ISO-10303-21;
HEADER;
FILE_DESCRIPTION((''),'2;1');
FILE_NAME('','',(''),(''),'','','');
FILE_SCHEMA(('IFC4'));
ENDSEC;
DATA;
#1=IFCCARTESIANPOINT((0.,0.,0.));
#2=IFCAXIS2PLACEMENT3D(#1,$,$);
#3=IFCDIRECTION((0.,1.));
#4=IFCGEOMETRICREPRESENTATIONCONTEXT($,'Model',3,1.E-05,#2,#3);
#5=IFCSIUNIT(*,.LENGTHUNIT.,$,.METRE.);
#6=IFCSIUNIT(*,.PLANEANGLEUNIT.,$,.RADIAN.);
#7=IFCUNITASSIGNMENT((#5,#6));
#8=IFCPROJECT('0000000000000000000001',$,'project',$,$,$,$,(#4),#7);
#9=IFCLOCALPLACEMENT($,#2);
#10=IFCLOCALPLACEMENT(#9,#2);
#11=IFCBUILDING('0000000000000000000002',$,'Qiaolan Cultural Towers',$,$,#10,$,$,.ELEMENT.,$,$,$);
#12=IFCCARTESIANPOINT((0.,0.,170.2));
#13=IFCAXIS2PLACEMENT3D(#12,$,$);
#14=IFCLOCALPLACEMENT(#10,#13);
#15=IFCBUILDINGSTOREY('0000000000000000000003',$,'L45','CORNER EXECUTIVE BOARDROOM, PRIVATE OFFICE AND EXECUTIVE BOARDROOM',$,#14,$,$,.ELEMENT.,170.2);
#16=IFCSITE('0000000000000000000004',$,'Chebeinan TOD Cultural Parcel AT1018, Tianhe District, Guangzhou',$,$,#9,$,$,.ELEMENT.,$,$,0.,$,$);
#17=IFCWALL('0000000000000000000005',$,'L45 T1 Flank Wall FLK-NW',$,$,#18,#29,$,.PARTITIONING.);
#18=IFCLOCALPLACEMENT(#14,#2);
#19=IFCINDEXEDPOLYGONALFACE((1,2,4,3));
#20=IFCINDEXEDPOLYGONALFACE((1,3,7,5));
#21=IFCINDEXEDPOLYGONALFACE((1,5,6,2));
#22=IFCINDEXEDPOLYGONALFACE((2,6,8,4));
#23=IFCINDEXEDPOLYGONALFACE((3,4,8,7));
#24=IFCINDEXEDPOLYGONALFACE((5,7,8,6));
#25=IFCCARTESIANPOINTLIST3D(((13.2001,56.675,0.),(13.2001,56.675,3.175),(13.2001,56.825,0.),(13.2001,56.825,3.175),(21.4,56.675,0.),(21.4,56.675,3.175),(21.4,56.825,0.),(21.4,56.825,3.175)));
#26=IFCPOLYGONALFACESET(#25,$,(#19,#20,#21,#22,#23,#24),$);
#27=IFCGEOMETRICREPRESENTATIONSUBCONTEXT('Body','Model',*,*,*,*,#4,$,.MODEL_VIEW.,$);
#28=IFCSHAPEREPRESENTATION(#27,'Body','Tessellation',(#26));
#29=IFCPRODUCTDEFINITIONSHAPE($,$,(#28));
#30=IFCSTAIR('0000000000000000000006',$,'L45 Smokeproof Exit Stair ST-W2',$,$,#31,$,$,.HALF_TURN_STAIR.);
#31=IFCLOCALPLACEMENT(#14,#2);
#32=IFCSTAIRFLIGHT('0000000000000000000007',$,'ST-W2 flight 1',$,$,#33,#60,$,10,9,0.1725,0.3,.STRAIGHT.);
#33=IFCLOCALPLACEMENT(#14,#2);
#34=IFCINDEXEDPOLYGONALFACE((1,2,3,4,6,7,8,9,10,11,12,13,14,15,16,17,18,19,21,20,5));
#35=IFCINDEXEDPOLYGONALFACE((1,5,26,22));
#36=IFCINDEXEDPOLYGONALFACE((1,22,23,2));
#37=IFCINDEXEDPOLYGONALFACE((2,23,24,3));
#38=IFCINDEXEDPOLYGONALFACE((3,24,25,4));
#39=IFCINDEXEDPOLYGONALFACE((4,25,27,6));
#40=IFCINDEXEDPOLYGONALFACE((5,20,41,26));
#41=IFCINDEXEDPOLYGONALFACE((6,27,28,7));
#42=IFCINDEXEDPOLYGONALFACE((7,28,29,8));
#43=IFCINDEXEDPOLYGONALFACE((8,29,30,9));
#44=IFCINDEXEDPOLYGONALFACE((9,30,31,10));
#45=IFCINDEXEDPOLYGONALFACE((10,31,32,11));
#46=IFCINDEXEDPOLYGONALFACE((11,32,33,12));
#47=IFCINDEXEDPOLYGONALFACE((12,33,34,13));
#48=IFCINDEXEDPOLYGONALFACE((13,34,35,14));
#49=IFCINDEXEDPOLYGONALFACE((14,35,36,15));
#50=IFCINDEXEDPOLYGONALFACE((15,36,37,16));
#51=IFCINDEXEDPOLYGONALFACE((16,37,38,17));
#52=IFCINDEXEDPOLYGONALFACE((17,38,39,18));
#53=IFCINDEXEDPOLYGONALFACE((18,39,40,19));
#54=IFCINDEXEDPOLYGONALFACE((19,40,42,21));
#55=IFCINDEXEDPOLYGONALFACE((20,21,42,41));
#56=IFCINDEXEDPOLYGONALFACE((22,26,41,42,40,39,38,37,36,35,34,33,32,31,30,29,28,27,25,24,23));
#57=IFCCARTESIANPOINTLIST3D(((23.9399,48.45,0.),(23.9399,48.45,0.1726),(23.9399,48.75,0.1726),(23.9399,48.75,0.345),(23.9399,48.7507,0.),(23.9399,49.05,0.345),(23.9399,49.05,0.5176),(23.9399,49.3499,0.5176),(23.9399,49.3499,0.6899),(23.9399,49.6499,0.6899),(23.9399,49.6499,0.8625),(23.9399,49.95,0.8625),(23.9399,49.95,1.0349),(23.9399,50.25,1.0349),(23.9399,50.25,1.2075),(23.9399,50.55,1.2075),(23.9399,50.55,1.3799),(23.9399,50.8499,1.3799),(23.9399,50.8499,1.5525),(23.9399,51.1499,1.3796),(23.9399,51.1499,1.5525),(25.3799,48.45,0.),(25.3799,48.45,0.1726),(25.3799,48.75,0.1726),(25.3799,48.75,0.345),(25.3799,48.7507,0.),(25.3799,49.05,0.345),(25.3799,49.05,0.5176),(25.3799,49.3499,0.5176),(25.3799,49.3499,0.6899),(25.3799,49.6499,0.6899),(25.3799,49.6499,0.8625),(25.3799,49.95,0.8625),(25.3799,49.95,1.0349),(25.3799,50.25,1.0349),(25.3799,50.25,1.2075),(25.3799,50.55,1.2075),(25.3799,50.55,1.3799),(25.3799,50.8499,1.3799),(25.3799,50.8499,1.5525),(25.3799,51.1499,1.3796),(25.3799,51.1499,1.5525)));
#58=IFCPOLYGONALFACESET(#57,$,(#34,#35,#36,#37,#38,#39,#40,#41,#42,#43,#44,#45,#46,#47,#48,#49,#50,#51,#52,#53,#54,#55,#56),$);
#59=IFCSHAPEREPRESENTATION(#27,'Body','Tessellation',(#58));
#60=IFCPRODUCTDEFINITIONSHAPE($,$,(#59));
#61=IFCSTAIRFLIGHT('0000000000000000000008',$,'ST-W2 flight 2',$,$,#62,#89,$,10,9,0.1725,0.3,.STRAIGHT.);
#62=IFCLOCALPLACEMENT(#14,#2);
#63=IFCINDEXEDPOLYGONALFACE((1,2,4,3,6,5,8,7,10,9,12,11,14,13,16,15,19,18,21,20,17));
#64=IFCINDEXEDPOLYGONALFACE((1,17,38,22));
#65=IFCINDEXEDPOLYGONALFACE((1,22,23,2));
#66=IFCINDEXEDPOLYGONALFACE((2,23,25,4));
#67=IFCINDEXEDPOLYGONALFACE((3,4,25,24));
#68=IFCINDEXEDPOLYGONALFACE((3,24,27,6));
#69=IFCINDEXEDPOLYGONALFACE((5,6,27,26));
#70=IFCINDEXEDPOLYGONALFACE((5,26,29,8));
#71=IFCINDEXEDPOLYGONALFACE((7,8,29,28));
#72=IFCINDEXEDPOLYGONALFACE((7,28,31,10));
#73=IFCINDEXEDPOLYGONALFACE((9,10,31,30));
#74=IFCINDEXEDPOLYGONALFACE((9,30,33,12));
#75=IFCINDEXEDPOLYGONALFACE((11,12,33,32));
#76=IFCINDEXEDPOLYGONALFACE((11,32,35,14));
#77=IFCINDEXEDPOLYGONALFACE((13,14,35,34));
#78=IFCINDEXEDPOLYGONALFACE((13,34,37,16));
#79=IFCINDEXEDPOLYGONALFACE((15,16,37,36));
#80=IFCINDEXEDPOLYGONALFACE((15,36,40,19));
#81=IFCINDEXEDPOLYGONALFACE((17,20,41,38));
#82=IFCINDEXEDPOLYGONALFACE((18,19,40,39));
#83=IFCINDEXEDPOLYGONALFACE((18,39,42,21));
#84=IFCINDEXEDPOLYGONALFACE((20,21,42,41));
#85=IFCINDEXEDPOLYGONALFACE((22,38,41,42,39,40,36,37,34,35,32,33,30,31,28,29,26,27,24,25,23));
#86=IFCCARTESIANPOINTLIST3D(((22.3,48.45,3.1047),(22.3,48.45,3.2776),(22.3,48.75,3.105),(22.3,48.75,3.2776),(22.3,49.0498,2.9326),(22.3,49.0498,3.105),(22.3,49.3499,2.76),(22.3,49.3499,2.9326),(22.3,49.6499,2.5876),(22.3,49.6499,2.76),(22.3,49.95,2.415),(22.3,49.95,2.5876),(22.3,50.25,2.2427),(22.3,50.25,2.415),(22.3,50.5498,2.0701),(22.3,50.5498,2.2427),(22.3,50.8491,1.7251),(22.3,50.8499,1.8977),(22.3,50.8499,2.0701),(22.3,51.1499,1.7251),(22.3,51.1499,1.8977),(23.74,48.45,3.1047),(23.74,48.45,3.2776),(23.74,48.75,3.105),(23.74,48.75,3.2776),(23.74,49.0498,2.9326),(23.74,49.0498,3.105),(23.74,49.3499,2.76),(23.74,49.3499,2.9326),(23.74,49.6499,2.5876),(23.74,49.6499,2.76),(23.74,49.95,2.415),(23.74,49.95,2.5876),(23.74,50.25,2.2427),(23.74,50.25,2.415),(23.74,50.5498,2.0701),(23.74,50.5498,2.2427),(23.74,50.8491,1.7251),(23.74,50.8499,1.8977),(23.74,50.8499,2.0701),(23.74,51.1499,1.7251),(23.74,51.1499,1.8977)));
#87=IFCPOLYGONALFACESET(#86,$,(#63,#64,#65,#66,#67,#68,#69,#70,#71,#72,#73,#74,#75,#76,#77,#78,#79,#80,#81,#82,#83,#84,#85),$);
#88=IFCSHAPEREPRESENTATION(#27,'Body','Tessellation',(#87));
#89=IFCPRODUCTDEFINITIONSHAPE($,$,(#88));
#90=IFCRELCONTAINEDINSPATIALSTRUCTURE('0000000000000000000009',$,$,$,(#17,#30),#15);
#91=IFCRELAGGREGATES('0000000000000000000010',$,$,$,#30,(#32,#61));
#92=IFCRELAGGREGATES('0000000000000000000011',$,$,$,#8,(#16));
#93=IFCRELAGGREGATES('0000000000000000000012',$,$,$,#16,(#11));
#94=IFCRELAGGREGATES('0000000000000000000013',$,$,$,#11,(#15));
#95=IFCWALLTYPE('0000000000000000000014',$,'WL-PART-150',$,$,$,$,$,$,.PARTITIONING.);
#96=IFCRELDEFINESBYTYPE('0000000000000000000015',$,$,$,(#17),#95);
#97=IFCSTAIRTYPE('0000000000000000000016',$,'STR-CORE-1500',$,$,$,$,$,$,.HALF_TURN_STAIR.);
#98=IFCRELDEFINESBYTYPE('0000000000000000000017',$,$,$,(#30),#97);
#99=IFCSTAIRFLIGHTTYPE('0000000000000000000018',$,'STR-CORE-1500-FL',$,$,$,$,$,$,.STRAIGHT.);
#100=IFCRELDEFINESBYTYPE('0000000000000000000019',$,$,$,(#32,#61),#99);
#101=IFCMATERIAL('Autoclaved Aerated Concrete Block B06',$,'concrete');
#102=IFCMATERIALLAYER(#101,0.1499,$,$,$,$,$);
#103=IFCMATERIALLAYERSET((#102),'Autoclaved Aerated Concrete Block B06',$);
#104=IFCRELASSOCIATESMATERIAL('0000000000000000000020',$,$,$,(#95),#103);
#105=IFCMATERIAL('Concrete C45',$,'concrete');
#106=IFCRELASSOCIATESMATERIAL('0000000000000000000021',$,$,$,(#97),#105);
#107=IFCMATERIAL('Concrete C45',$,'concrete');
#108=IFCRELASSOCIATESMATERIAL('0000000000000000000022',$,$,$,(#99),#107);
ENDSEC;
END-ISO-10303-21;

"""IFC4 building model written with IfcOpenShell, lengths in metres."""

from ifc_helpers import new_model, si_unit, direction, frame, frame_2d, origin, place, context, subcontext, project, spatial, polyline, rectangle, outline, extrude, material, layer, layer_set, type_object, element, aggregate, save


model = new_model("IFC4")

# Units and contexts
model_context = context("Model", 3, precision=1e-05, world=origin(), true_north=direction((0.0, 1.0)))
body_context = subcontext(model_context, "Body", "Model", "MODEL_VIEW")
ifc_project = project(units=[si_unit("LENGTHUNIT", "METRE"), si_unit("PLANEANGLEUNIT", "RADIAN")], contexts=[model_context])

# Site, building, storey
site_placement = place(None, origin())
site = spatial("IfcSite", under=ifc_project, at=site_placement, Name="Chebeinan TOD Cultural Parcel AT1018, Tianhe District, Guangzhou", CompositionType="ELEMENT", RefElevation=0.0)
building_placement = place(site_placement, origin())
building = spatial("IfcBuilding", under=site, at=building_placement, Name="Qiaolan Cultural Towers", CompositionType="ELEMENT")
storey_placement = place(building_placement, frame((0.0, 0.0, 170.2)))
storey = spatial("IfcBuildingStorey", under=building, at=storey_placement, Name="L45", Description="CORNER EXECUTIVE BOARDROOM, PRIVATE OFFICE AND EXECUTIVE BOARDROOM", CompositionType="ELEMENT", Elevation=170.2)

# Wall
ifc_material_1 = material(Name="Autoclaved Aerated Concrete Block B06", Category="concrete")
ifc_layer_1 = layer(ifc_material_1, 0.1499)
ifc_layer_set_1 = layer_set([ifc_layer_1], Name="Autoclaved Aerated Concrete Block B06")
wall_type_1 = type_object("IfcWallType", Name="WL-PART-150", PredefinedType="PARTITIONING", material=ifc_layer_set_1)
wall_1_placement = place(storey_placement, frame((13.2, 56.75, 0.0), z_axis=(0.0, 0.0, 1.0), x_axis=(1.0, 0.0, 0.0)))
element("IfcWall", 1, at=wall_1_placement, inside=storey, type_object=wall_type_1, Name="L45 T1 Flank Wall FLK-NW", PredefinedType="PARTITIONING", context=body_context, shape_type="SweptSolid", body=[
    extrude(rectangle(XDim=8.2, YDim=0.1499, at=frame_2d((4.1001, 0.0))), origin(), (0.0, 0.0, 1.0), 3.175),
])

# Stair, stair flights
ifc_material_2 = material(Name="Concrete C45", Category="concrete")
stair_type = type_object("IfcStairType", Name="STR-CORE-1500", PredefinedType="HALF_TURN_STAIR", material=ifc_material_2)
stair_placement = place(storey_placement, origin())
stair = element("IfcStair", 2, at=stair_placement, inside=storey, type_object=stair_type, Name="L45 Smokeproof Exit Stair ST-W2", PredefinedType="HALF_TURN_STAIR")
ifc_material_3 = material(Name="Concrete C45", Category="concrete")
stair_flight_type = type_object("IfcStairFlightType", Name="STR-CORE-1500-FL", PredefinedType="STRAIGHT", material=ifc_material_3)
stair_flight_1_placement = place(storey_placement, frame((24.6599, 48.45, 0.0), z_axis=(0.0, 0.0, 1.0), x_axis=(0.0, 1.0, 0.0)))
stair_flight_1 = element("IfcStairFlight", 3, at=stair_flight_1_placement, type_object=stair_flight_type, Name="ST-W2 flight 1", NumberOfRisers=10, NumberOfTreads=9, PredefinedType="STRAIGHT", RiserHeight=0.1725, TreadLength=0.3, context=body_context, shape_type="SweptSolid", body=[
    extrude(outline(polyline([(0.0, 0.0), (0.0, 0.1726), (0.3, 0.1726), (0.3, 0.345), (0.6001, 0.345), (0.6001, 0.5176), (0.8999, 0.5176), (0.8999, 0.6899), (1.2, 0.6899), (1.2, 0.8625), (1.5, 0.8625), (1.5, 1.0349), (1.8, 1.0349), (1.8, 1.2075), (2.1001, 1.2075), (2.1001, 1.3799), (2.3999, 1.3799), (2.3999, 1.5525), (2.7, 1.5525), (2.7, 1.7251), (2.7, 1.3796), (0.3008, 0.0), (0.0, 0.0)])), frame((0.0, 0.72, 0.0), z_axis=(0.0, -1.0, 0.0), x_axis=(1.0, 0.0, 0.0)), (0.0, 0.0, 1.0), 1.4399),
])
stair_flight_2_placement = place(storey_placement, frame((23.02, 51.1499, 1.7251), z_axis=(0.0, 0.0, 1.0), x_axis=(0.0, -1.0, 0.0)))
stair_flight_2 = element("IfcStairFlight", 4, at=stair_flight_2_placement, type_object=stair_flight_type, Name="ST-W2 flight 2", NumberOfRisers=10, NumberOfTreads=9, PredefinedType="STRAIGHT", RiserHeight=0.1725, TreadLength=0.3, context=body_context, shape_type="SweptSolid", body=[
    extrude(outline(polyline([(0.0, 0.0), (0.0, 0.1726), (0.3, 0.1726), (0.3, 0.345), (0.6001, 0.345), (0.6001, 0.5176), (0.8999, 0.5176), (0.8999, 0.6899), (1.2, 0.6899), (1.2, 0.8625), (1.5, 0.8625), (1.5, 1.0349), (1.8, 1.0349), (1.8, 1.2075), (2.1001, 1.2075), (2.1001, 1.3799), (2.3999, 1.3799), (2.3999, 1.5525), (2.7, 1.5525), (2.7, 1.7251), (2.7, 1.3796), (0.3008, 0.0), (0.0, 0.0)])), frame((0.0, 0.72, 0.0), z_axis=(0.0, -1.0, 0.0), x_axis=(1.0, 0.0, 0.0)), (0.0, 0.0, 1.0), 1.4399),
])
aggregate(stair, [stair_flight_1, stair_flight_2])

save(model, "model.ifc")
